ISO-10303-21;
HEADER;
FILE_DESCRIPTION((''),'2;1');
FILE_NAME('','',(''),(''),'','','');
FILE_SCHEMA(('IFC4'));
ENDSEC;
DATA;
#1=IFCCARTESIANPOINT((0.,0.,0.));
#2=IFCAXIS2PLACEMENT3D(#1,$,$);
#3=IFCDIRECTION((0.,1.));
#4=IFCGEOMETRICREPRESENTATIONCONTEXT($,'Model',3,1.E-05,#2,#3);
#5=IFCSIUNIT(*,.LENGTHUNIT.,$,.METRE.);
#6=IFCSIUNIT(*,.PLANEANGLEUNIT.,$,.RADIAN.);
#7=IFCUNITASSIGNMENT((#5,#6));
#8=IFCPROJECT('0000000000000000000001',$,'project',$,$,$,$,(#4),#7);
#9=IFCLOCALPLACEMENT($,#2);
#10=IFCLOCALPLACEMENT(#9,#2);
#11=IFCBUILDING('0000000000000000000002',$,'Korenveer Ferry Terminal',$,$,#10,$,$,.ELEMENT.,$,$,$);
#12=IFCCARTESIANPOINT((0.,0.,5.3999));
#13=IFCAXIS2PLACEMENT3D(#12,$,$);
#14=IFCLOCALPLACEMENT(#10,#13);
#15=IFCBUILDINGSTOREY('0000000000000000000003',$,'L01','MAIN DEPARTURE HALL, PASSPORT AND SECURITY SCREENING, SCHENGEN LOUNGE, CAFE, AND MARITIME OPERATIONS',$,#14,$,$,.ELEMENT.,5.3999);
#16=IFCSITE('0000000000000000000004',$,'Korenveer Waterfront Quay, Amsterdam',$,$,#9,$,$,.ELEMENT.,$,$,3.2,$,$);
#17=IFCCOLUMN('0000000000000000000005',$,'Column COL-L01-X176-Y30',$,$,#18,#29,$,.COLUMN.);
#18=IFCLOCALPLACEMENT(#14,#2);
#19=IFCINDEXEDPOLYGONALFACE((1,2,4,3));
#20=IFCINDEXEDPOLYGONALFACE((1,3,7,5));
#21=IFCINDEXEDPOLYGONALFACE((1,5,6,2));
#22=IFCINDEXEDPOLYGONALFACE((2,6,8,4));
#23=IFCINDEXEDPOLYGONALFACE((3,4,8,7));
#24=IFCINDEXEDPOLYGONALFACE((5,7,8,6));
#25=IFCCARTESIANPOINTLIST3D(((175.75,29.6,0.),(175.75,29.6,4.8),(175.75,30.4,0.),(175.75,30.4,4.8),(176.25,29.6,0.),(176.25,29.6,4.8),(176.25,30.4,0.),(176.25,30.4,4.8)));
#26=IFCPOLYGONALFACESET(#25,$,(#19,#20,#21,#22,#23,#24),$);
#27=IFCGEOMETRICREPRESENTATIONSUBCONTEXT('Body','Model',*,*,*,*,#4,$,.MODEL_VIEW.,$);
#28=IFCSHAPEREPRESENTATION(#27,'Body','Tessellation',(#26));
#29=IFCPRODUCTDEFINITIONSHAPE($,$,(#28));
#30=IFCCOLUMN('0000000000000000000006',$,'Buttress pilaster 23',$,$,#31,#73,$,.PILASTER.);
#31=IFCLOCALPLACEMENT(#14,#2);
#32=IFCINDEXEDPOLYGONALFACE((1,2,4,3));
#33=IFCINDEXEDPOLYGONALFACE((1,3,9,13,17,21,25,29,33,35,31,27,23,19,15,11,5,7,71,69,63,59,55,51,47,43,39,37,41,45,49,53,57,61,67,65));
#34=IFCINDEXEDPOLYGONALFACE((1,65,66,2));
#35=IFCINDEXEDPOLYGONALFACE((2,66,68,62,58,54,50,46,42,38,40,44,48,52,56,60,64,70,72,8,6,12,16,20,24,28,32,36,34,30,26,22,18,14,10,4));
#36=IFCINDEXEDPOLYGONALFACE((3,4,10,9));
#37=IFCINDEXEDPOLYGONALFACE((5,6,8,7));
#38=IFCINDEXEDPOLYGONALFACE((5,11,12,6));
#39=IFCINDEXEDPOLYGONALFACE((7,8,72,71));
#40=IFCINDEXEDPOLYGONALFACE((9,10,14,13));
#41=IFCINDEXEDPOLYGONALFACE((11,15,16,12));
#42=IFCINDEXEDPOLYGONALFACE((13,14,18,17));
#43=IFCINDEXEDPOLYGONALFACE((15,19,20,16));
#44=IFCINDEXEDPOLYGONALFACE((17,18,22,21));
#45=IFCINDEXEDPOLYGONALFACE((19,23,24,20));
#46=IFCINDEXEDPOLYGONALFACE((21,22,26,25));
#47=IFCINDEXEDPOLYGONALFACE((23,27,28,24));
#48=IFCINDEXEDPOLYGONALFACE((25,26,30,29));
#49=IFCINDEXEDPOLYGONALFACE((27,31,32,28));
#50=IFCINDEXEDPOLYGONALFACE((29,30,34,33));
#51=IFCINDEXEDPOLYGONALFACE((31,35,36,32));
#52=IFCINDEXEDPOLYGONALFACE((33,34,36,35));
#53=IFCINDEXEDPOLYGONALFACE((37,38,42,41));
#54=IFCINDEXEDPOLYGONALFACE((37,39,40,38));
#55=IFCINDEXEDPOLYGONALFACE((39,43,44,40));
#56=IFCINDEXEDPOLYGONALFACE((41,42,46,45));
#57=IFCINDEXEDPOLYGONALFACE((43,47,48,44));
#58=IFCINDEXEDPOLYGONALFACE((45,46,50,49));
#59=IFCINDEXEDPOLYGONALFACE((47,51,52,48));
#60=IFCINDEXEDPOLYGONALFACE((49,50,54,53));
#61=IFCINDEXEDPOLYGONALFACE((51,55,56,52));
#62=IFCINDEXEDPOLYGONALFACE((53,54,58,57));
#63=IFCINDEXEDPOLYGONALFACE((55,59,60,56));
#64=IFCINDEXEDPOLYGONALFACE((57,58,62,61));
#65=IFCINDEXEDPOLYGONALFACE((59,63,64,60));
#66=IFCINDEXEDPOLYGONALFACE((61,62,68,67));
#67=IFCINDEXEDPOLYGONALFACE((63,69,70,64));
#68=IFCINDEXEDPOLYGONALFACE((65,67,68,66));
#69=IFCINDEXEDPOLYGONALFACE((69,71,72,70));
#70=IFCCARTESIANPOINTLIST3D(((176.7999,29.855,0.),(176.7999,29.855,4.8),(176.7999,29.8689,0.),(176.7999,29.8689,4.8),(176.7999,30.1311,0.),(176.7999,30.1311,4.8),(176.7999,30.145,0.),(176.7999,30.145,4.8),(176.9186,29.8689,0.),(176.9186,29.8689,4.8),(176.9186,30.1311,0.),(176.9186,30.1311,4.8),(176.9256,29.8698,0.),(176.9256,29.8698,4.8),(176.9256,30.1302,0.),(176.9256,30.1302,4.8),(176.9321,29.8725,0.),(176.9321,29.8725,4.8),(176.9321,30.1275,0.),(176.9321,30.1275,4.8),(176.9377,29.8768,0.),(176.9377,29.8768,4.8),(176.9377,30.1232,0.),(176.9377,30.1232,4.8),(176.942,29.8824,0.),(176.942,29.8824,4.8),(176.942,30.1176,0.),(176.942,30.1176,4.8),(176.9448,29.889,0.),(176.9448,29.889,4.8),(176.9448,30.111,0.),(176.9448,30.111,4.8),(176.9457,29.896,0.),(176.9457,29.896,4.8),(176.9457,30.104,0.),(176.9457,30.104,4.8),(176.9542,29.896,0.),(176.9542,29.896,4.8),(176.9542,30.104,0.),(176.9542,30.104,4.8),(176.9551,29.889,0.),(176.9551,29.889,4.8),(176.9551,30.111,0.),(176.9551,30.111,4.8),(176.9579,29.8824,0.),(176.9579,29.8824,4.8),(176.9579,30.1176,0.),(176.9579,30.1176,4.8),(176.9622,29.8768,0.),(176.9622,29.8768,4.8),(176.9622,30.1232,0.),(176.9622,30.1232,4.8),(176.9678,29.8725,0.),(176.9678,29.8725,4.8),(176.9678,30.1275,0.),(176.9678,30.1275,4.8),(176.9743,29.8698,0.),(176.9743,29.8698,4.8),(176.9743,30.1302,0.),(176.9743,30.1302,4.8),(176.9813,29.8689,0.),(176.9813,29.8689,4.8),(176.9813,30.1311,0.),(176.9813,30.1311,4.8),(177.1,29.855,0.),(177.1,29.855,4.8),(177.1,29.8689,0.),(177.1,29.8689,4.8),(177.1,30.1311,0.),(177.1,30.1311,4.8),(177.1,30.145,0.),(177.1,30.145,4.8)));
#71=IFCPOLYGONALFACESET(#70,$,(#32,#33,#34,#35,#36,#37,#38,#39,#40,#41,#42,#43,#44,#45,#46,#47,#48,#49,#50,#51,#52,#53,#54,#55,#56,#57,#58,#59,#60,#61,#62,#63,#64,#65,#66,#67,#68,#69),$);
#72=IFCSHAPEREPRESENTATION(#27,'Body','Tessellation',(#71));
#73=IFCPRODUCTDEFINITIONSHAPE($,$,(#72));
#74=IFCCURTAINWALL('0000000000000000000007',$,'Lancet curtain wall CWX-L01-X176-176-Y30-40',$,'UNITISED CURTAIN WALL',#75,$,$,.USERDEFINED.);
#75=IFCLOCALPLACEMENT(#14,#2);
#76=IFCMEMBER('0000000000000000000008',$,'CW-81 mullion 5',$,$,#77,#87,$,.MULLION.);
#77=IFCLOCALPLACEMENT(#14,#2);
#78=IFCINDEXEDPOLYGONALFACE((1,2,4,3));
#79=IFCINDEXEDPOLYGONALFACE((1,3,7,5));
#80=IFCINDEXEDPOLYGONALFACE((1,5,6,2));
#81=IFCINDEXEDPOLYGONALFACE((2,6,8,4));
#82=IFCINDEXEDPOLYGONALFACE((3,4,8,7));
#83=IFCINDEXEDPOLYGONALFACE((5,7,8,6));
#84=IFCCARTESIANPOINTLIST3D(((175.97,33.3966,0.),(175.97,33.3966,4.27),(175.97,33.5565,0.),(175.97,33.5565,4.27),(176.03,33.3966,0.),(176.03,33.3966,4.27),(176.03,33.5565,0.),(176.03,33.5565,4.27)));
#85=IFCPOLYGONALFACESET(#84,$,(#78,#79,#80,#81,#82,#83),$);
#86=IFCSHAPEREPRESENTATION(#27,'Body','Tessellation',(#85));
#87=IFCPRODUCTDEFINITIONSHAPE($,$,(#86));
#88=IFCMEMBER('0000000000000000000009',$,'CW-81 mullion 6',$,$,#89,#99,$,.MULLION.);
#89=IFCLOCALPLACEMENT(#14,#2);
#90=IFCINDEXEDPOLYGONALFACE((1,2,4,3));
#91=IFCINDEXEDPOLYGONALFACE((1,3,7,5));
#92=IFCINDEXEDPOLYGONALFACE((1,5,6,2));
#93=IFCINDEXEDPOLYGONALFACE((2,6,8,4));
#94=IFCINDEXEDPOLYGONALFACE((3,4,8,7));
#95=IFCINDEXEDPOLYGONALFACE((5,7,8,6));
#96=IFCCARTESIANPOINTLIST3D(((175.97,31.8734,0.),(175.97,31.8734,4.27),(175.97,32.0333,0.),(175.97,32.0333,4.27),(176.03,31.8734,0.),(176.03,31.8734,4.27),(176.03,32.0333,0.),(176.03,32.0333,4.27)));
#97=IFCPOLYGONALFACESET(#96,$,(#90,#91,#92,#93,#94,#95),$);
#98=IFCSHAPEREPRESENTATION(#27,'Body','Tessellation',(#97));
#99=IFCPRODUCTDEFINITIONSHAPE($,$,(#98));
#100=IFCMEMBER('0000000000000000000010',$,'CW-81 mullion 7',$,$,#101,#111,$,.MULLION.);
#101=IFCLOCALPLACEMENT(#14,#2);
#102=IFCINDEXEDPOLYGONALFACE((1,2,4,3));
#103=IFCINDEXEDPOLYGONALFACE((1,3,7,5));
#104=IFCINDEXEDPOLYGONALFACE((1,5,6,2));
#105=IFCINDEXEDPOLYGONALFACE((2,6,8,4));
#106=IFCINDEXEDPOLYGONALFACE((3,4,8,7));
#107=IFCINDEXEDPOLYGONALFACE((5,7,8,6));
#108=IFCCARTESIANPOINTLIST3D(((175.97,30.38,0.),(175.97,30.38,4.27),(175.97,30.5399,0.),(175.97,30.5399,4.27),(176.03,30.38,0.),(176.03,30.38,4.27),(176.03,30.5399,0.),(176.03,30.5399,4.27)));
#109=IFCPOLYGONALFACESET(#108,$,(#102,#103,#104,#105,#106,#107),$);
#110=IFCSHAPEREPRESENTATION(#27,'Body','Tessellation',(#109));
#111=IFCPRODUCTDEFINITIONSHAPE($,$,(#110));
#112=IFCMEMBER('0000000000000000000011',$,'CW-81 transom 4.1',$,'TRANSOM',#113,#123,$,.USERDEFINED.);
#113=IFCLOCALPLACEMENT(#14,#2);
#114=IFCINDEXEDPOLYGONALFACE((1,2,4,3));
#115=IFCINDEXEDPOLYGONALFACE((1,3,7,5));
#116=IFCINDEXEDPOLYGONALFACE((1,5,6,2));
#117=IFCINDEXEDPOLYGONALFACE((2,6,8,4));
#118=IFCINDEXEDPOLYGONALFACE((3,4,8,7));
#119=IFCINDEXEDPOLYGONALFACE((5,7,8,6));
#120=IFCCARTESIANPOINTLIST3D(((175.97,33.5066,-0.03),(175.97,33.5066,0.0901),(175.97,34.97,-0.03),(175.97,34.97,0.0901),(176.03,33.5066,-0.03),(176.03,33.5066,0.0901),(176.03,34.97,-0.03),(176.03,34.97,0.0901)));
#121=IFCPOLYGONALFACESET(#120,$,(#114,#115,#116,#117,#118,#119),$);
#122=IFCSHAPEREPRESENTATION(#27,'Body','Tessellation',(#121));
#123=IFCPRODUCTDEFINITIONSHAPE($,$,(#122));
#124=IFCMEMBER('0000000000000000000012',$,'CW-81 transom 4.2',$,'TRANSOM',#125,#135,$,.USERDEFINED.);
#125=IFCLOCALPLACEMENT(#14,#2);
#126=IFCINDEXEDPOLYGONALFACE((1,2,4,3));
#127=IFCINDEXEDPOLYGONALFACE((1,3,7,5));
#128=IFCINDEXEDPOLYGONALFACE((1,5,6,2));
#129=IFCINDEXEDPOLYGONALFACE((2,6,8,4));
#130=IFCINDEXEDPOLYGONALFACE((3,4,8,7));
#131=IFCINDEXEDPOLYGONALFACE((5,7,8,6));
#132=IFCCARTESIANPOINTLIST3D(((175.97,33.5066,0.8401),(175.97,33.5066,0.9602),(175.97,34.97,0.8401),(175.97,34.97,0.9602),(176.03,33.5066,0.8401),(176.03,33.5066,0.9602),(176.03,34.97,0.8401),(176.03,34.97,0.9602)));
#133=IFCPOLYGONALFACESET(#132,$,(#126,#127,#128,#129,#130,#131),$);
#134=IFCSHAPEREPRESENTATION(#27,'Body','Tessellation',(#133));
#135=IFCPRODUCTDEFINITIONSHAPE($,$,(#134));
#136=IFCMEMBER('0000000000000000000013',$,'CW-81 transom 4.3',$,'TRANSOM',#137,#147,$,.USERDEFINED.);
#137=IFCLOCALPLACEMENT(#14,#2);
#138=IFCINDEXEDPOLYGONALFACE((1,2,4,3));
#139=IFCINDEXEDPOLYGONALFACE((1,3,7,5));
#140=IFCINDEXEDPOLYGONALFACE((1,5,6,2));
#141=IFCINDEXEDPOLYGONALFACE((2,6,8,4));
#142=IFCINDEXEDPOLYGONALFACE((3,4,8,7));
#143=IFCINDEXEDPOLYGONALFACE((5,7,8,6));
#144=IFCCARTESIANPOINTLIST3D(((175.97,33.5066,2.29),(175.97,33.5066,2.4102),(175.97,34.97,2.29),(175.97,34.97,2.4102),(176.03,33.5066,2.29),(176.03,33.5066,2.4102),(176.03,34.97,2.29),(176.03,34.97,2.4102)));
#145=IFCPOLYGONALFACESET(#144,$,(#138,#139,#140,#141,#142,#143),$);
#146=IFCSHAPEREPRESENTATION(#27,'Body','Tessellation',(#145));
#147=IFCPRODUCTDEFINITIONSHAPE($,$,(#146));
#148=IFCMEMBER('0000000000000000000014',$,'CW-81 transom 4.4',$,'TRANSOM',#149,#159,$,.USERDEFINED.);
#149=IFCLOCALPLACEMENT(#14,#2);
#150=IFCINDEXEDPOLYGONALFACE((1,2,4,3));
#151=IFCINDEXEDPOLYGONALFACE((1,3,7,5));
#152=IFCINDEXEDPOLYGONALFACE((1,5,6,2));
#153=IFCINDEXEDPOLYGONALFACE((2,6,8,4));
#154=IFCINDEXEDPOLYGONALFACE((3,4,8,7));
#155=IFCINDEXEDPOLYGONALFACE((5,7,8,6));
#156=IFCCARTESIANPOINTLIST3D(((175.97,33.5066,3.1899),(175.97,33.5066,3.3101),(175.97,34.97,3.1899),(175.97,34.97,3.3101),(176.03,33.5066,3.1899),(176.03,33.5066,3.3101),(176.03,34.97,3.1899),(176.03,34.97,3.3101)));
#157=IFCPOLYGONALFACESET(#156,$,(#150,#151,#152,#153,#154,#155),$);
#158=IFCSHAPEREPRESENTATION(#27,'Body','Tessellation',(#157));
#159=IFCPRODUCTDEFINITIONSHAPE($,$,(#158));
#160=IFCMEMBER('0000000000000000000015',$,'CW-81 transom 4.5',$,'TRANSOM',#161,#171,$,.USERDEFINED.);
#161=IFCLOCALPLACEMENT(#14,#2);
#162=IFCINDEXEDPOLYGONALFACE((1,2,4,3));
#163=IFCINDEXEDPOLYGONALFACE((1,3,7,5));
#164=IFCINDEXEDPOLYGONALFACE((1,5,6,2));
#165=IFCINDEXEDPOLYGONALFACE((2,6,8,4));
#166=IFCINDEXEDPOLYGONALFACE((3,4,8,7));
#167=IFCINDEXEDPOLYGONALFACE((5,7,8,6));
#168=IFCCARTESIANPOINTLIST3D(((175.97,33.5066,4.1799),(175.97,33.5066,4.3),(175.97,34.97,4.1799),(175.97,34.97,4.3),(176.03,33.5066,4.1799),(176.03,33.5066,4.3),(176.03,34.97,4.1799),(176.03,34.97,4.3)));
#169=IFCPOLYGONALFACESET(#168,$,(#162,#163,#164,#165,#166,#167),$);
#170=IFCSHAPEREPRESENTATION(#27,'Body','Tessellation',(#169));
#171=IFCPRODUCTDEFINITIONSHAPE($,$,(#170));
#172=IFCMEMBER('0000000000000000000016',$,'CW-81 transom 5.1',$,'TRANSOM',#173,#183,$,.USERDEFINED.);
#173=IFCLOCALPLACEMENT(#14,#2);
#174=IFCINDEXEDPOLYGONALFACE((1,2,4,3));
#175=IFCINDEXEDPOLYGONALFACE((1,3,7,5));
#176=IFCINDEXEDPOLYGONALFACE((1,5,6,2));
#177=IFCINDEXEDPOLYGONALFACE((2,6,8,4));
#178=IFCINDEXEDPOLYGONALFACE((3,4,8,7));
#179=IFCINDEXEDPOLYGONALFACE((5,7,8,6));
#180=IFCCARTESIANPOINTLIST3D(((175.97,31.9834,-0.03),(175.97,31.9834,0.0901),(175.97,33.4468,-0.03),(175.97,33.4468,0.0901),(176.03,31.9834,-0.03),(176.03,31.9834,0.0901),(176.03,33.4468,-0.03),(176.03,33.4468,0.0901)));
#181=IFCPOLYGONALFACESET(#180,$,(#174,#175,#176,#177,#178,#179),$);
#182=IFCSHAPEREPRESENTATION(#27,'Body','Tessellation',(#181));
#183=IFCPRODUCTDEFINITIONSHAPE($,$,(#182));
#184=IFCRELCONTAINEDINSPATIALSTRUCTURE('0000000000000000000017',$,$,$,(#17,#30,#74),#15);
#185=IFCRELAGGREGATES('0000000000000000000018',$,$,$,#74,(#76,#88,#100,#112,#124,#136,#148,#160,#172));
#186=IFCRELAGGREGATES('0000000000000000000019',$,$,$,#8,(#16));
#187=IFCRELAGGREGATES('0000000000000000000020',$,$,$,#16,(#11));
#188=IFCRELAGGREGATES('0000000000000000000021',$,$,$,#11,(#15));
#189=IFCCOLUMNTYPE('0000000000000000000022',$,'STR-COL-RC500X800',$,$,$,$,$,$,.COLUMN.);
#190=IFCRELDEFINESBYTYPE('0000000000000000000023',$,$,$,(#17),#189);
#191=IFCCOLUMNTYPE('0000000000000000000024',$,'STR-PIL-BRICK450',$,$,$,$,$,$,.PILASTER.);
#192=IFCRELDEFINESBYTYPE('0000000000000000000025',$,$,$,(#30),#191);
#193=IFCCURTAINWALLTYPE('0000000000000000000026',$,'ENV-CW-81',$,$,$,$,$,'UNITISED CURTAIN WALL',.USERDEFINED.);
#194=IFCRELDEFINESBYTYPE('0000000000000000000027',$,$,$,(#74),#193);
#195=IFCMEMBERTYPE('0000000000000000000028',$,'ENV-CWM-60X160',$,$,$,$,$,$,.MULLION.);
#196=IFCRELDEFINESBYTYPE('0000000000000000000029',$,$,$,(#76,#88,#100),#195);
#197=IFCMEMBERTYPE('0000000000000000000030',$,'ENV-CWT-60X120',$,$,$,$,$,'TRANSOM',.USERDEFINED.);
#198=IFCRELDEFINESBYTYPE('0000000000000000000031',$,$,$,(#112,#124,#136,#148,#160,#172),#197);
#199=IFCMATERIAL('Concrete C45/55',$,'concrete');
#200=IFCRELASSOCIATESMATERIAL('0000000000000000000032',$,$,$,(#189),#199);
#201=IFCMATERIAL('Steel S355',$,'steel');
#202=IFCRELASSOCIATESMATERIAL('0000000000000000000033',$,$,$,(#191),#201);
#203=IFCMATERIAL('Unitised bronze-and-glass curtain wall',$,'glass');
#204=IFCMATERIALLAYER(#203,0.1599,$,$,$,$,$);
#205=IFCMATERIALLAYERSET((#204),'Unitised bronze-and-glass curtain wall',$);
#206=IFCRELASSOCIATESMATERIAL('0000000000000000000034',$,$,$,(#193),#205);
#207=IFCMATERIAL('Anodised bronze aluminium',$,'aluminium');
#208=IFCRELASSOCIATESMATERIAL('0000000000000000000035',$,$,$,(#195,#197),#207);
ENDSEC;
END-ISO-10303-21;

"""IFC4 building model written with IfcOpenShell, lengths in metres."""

from ifc_helpers import new_model, si_unit, direction, frame, origin, origin_2d, place, context, subcontext, project, spatial, rectangle, i_section, extrude, material, layer, layer_set, material_profile, profile_set, type_object, element, aggregate, save


model = new_model("IFC4")

# Units and contexts
model_context = context("Model", 3, precision=1e-05, world=origin(), true_north=direction((0.0, 1.0)))
body_context = subcontext(model_context, "Body", "Model", "MODEL_VIEW")
ifc_project = project(units=[si_unit("LENGTHUNIT", "METRE"), si_unit("PLANEANGLEUNIT", "RADIAN")], contexts=[model_context])

# Site, building, storey
site_placement = place(None, origin())
site = spatial("IfcSite", under=ifc_project, at=site_placement, Name="Korenveer Waterfront Quay, Amsterdam", CompositionType="ELEMENT", RefElevation=3.2)
building_placement = place(site_placement, origin())
building = spatial("IfcBuilding", under=site, at=building_placement, Name="Korenveer Ferry Terminal", CompositionType="ELEMENT")
storey_placement = place(building_placement, frame((0.0, 0.0, 5.3999)))
storey = spatial("IfcBuildingStorey", under=building, at=storey_placement, Name="L01", Description="MAIN DEPARTURE HALL, PASSPORT AND SECURITY SCREENING, SCHENGEN LOUNGE, CAFE, AND MARITIME OPERATIONS", CompositionType="ELEMENT", Elevation=5.3999)

# Columns
ifc_material_1 = material(Name="Concrete C45/55", Category="concrete")
ifc_material_profile_1 = material_profile(ifc_material_1, rectangle(XDim=0.5, YDim=0.8, at=origin_2d()), Name="RC 500x800")
ifc_profile_set_1 = profile_set([ifc_material_profile_1], Name="Concrete C45/55")
column_type_1 = type_object("IfcColumnType", Name="STR-COL-RC500X800", PredefinedType="COLUMN", material=ifc_profile_set_1)
column_1_placement = place(storey_placement, frame((176.0, 30.0, 0.0), z_axis=(0.0, 0.0, 1.0), x_axis=(1.0, 0.0, 0.0)))
element("IfcColumn", 1, at=column_1_placement, inside=storey, type_object=column_type_1, Name="Column COL-L01-X176-Y30", PredefinedType="COLUMN", context=body_context, shape_type="SweptSolid", body=[
    extrude(rectangle(XDim=0.5, YDim=0.8, at=origin_2d()), origin(), (0.0, 0.0, 1.0), 4.8),
])
ifc_material_2 = material(Name="Steel S355", Category="steel")
ifc_material_profile_2 = material_profile(ifc_material_2, i_section(OverallWidth=0.3, OverallDepth=0.29, WebThickness=0.0085, FlangeThickness=0.0139, FilletRadius=0.0271, at=origin_2d()), Name="HEA 300")
ifc_profile_set_2 = profile_set([ifc_material_profile_2], Name="Steel S355")
column_type_2 = type_object("IfcColumnType", Name="STR-PIL-BRICK450", PredefinedType="PILASTER", material=ifc_profile_set_2)
column_2_placement = place(storey_placement, frame((176.95, 30.0, 0.0), z_axis=(0.0, 0.0, 1.0), x_axis=(1.0, 0.0, 0.0)))
element("IfcColumn", 2, at=column_2_placement, inside=storey, type_object=column_type_2, Name="Buttress pilaster 23", PredefinedType="PILASTER", context=body_context, shape_type="SweptSolid", body=[
    extrude(i_section(OverallWidth=0.3, OverallDepth=0.29, WebThickness=0.0085, FlangeThickness=0.0139, FilletRadius=0.0271, at=origin_2d()), origin(), (0.0, 0.0, 1.0), 4.8),
])

# Curtain wall, members
ifc_material_3 = material(Name="Unitised bronze-and-glass curtain wall", Category="glass")
ifc_layer_1 = layer(ifc_material_3, 0.1599)
ifc_layer_set_1 = layer_set([ifc_layer_1], Name="Unitised bronze-and-glass curtain wall")
curtain_wall_type = type_object("IfcCurtainWallType", Name="ENV-CW-81", ElementType="UNITISED CURTAIN WALL", PredefinedType="USERDEFINED", material=ifc_layer_set_1)
curtain_wall_placement = place(storey_placement, frame((176.0, 39.5701, 0.0)))
curtain_wall = element("IfcCurtainWall", 3, at=curtain_wall_placement, inside=storey, type_object=curtain_wall_type, Name="Lancet curtain wall CWX-L01-X176-176-Y30-40", ObjectType="UNITISED CURTAIN WALL", PredefinedType="USERDEFINED")
ifc_material_4 = material(Name="Anodised bronze aluminium", Category="aluminium")
ifc_material_profile_3 = material_profile(ifc_material_4, rectangle(XDim=0.0601, YDim=0.1599, at=origin_2d()), Name="ALU 60x160")
ifc_profile_set_3 = profile_set([ifc_material_profile_3], Name="Anodised bronze aluminium")
member_type_1 = type_object("IfcMemberType", Name="ENV-CWM-60X160", PredefinedType="MULLION", material=ifc_profile_set_3)
member_1_placement = place(storey_placement, frame((176.0, 33.4766, 0.0), z_axis=(0.0, 0.0, 1.0), x_axis=(1.0, 0.0, 0.0)))
member_1 = element("IfcMember", 4, at=member_1_placement, type_object=member_type_1, Name="CW-81 mullion 5", PredefinedType="MULLION", context=body_context, shape_type="SweptSolid", body=[
    extrude(rectangle(XDim=0.0601, YDim=0.1599, at=origin_2d()), origin(), (0.0, 0.0, 1.0), 4.27),
])
member_2_placement = place(storey_placement, frame((176.0, 31.9534, 0.0), z_axis=(0.0, 0.0, 1.0), x_axis=(1.0, 0.0, 0.0)))
member_2 = element("IfcMember", 5, at=member_2_placement, type_object=member_type_1, Name="CW-81 mullion 6", PredefinedType="MULLION", context=body_context, shape_type="SweptSolid", body=[
    extrude(rectangle(XDim=0.0601, YDim=0.1599, at=origin_2d()), origin(), (0.0, 0.0, 1.0), 4.27),
])
member_3_placement = place(storey_placement, frame((176.0, 30.46, 0.0), z_axis=(0.0, 0.0, 1.0), x_axis=(1.0, 0.0, 0.0)))
member_3 = element("IfcMember", 6, at=member_3_placement, type_object=member_type_1, Name="CW-81 mullion 7", PredefinedType="MULLION", context=body_context, shape_type="SweptSolid", body=[
    extrude(rectangle(XDim=0.0601, YDim=0.1599, at=origin_2d()), origin(), (0.0, 0.0, 1.0), 4.27),
])
ifc_material_profile_4 = material_profile(ifc_material_4, rectangle(XDim=0.0601, YDim=0.1201, at=origin_2d()), Name="ALU 60x120")
ifc_profile_set_4 = profile_set([ifc_material_profile_4], Name="Anodised bronze aluminium")
member_type_2 = type_object("IfcMemberType", Name="ENV-CWT-60X120", ElementType="TRANSOM", PredefinedType="USERDEFINED", material=ifc_profile_set_4)
member_4_placement = place(storey_placement, frame((176.0, 34.97, 0.03), z_axis=(0.0, -1.0, 0.0), x_axis=(1.0, 0.0, 0.0)))
member_4 = element("IfcMember", 7, at=member_4_placement, type_object=member_type_2, Name="CW-81 transom 4.1", ObjectType="TRANSOM", PredefinedType="USERDEFINED", context=body_context, shape_type="SweptSolid", body=[
    extrude(rectangle(XDim=0.0601, YDim=0.1201, at=origin_2d()), origin(), (0.0, 0.0, 1.0), 1.4634),
])
member_5_placement = place(storey_placement, frame((176.0, 34.97, 0.9001), z_axis=(0.0, -1.0, 0.0), x_axis=(1.0, 0.0, 0.0)))
member_5 = element("IfcMember", 8, at=member_5_placement, type_object=member_type_2, Name="CW-81 transom 4.2", ObjectType="TRANSOM", PredefinedType="USERDEFINED", context=body_context, shape_type="SweptSolid", body=[
    extrude(rectangle(XDim=0.0601, YDim=0.1201, at=origin_2d()), origin(), (0.0, 0.0, 1.0), 1.4634),
])
member_6_placement = place(storey_placement, frame((176.0, 34.97, 2.3501), z_axis=(0.0, -1.0, 0.0), x_axis=(1.0, 0.0, 0.0)))
member_6 = element("IfcMember", 9, at=member_6_placement, type_object=member_type_2, Name="CW-81 transom 4.3", ObjectType="TRANSOM", PredefinedType="USERDEFINED", context=body_context, shape_type="SweptSolid", body=[
    extrude(rectangle(XDim=0.0601, YDim=0.1201, at=origin_2d()), origin(), (0.0, 0.0, 1.0), 1.4634),
])
member_7_placement = place(storey_placement, frame((176.0, 34.97, 3.25), z_axis=(0.0, -1.0, 0.0), x_axis=(1.0, 0.0, 0.0)))
member_7 = element("IfcMember", 10, at=member_7_placement, type_object=member_type_2, Name="CW-81 transom 4.4", ObjectType="TRANSOM", PredefinedType="USERDEFINED", context=body_context, shape_type="SweptSolid", body=[
    extrude(rectangle(XDim=0.0601, YDim=0.1201, at=origin_2d()), origin(), (0.0, 0.0, 1.0), 1.4634),
])
member_8_placement = place(storey_placement, frame((176.0, 34.97, 4.24), z_axis=(0.0, -1.0, 0.0), x_axis=(1.0, 0.0, 0.0)))
member_8 = element("IfcMember", 11, at=member_8_placement, type_object=member_type_2, Name="CW-81 transom 4.5", ObjectType="TRANSOM", PredefinedType="USERDEFINED", context=body_context, shape_type="SweptSolid", body=[
    extrude(rectangle(XDim=0.0601, YDim=0.1201, at=origin_2d()), origin(), (0.0, 0.0, 1.0), 1.4634),
])
member_9_placement = place(storey_placement, frame((176.0, 33.4468, 0.03), z_axis=(0.0, -1.0, 0.0), x_axis=(1.0, 0.0, 0.0)))
member_9 = element("IfcMember", 12, at=member_9_placement, type_object=member_type_2, Name="CW-81 transom 5.1", ObjectType="TRANSOM", PredefinedType="USERDEFINED", context=body_context, shape_type="SweptSolid", body=[
    extrude(rectangle(XDim=0.0601, YDim=0.1201, at=origin_2d()), origin(), (0.0, 0.0, 1.0), 1.4634),
])

aggregate(curtain_wall, [member_1, member_2, member_3, member_4, member_5, member_6, member_7, member_8, member_9])

save(model, "model.ifc")
